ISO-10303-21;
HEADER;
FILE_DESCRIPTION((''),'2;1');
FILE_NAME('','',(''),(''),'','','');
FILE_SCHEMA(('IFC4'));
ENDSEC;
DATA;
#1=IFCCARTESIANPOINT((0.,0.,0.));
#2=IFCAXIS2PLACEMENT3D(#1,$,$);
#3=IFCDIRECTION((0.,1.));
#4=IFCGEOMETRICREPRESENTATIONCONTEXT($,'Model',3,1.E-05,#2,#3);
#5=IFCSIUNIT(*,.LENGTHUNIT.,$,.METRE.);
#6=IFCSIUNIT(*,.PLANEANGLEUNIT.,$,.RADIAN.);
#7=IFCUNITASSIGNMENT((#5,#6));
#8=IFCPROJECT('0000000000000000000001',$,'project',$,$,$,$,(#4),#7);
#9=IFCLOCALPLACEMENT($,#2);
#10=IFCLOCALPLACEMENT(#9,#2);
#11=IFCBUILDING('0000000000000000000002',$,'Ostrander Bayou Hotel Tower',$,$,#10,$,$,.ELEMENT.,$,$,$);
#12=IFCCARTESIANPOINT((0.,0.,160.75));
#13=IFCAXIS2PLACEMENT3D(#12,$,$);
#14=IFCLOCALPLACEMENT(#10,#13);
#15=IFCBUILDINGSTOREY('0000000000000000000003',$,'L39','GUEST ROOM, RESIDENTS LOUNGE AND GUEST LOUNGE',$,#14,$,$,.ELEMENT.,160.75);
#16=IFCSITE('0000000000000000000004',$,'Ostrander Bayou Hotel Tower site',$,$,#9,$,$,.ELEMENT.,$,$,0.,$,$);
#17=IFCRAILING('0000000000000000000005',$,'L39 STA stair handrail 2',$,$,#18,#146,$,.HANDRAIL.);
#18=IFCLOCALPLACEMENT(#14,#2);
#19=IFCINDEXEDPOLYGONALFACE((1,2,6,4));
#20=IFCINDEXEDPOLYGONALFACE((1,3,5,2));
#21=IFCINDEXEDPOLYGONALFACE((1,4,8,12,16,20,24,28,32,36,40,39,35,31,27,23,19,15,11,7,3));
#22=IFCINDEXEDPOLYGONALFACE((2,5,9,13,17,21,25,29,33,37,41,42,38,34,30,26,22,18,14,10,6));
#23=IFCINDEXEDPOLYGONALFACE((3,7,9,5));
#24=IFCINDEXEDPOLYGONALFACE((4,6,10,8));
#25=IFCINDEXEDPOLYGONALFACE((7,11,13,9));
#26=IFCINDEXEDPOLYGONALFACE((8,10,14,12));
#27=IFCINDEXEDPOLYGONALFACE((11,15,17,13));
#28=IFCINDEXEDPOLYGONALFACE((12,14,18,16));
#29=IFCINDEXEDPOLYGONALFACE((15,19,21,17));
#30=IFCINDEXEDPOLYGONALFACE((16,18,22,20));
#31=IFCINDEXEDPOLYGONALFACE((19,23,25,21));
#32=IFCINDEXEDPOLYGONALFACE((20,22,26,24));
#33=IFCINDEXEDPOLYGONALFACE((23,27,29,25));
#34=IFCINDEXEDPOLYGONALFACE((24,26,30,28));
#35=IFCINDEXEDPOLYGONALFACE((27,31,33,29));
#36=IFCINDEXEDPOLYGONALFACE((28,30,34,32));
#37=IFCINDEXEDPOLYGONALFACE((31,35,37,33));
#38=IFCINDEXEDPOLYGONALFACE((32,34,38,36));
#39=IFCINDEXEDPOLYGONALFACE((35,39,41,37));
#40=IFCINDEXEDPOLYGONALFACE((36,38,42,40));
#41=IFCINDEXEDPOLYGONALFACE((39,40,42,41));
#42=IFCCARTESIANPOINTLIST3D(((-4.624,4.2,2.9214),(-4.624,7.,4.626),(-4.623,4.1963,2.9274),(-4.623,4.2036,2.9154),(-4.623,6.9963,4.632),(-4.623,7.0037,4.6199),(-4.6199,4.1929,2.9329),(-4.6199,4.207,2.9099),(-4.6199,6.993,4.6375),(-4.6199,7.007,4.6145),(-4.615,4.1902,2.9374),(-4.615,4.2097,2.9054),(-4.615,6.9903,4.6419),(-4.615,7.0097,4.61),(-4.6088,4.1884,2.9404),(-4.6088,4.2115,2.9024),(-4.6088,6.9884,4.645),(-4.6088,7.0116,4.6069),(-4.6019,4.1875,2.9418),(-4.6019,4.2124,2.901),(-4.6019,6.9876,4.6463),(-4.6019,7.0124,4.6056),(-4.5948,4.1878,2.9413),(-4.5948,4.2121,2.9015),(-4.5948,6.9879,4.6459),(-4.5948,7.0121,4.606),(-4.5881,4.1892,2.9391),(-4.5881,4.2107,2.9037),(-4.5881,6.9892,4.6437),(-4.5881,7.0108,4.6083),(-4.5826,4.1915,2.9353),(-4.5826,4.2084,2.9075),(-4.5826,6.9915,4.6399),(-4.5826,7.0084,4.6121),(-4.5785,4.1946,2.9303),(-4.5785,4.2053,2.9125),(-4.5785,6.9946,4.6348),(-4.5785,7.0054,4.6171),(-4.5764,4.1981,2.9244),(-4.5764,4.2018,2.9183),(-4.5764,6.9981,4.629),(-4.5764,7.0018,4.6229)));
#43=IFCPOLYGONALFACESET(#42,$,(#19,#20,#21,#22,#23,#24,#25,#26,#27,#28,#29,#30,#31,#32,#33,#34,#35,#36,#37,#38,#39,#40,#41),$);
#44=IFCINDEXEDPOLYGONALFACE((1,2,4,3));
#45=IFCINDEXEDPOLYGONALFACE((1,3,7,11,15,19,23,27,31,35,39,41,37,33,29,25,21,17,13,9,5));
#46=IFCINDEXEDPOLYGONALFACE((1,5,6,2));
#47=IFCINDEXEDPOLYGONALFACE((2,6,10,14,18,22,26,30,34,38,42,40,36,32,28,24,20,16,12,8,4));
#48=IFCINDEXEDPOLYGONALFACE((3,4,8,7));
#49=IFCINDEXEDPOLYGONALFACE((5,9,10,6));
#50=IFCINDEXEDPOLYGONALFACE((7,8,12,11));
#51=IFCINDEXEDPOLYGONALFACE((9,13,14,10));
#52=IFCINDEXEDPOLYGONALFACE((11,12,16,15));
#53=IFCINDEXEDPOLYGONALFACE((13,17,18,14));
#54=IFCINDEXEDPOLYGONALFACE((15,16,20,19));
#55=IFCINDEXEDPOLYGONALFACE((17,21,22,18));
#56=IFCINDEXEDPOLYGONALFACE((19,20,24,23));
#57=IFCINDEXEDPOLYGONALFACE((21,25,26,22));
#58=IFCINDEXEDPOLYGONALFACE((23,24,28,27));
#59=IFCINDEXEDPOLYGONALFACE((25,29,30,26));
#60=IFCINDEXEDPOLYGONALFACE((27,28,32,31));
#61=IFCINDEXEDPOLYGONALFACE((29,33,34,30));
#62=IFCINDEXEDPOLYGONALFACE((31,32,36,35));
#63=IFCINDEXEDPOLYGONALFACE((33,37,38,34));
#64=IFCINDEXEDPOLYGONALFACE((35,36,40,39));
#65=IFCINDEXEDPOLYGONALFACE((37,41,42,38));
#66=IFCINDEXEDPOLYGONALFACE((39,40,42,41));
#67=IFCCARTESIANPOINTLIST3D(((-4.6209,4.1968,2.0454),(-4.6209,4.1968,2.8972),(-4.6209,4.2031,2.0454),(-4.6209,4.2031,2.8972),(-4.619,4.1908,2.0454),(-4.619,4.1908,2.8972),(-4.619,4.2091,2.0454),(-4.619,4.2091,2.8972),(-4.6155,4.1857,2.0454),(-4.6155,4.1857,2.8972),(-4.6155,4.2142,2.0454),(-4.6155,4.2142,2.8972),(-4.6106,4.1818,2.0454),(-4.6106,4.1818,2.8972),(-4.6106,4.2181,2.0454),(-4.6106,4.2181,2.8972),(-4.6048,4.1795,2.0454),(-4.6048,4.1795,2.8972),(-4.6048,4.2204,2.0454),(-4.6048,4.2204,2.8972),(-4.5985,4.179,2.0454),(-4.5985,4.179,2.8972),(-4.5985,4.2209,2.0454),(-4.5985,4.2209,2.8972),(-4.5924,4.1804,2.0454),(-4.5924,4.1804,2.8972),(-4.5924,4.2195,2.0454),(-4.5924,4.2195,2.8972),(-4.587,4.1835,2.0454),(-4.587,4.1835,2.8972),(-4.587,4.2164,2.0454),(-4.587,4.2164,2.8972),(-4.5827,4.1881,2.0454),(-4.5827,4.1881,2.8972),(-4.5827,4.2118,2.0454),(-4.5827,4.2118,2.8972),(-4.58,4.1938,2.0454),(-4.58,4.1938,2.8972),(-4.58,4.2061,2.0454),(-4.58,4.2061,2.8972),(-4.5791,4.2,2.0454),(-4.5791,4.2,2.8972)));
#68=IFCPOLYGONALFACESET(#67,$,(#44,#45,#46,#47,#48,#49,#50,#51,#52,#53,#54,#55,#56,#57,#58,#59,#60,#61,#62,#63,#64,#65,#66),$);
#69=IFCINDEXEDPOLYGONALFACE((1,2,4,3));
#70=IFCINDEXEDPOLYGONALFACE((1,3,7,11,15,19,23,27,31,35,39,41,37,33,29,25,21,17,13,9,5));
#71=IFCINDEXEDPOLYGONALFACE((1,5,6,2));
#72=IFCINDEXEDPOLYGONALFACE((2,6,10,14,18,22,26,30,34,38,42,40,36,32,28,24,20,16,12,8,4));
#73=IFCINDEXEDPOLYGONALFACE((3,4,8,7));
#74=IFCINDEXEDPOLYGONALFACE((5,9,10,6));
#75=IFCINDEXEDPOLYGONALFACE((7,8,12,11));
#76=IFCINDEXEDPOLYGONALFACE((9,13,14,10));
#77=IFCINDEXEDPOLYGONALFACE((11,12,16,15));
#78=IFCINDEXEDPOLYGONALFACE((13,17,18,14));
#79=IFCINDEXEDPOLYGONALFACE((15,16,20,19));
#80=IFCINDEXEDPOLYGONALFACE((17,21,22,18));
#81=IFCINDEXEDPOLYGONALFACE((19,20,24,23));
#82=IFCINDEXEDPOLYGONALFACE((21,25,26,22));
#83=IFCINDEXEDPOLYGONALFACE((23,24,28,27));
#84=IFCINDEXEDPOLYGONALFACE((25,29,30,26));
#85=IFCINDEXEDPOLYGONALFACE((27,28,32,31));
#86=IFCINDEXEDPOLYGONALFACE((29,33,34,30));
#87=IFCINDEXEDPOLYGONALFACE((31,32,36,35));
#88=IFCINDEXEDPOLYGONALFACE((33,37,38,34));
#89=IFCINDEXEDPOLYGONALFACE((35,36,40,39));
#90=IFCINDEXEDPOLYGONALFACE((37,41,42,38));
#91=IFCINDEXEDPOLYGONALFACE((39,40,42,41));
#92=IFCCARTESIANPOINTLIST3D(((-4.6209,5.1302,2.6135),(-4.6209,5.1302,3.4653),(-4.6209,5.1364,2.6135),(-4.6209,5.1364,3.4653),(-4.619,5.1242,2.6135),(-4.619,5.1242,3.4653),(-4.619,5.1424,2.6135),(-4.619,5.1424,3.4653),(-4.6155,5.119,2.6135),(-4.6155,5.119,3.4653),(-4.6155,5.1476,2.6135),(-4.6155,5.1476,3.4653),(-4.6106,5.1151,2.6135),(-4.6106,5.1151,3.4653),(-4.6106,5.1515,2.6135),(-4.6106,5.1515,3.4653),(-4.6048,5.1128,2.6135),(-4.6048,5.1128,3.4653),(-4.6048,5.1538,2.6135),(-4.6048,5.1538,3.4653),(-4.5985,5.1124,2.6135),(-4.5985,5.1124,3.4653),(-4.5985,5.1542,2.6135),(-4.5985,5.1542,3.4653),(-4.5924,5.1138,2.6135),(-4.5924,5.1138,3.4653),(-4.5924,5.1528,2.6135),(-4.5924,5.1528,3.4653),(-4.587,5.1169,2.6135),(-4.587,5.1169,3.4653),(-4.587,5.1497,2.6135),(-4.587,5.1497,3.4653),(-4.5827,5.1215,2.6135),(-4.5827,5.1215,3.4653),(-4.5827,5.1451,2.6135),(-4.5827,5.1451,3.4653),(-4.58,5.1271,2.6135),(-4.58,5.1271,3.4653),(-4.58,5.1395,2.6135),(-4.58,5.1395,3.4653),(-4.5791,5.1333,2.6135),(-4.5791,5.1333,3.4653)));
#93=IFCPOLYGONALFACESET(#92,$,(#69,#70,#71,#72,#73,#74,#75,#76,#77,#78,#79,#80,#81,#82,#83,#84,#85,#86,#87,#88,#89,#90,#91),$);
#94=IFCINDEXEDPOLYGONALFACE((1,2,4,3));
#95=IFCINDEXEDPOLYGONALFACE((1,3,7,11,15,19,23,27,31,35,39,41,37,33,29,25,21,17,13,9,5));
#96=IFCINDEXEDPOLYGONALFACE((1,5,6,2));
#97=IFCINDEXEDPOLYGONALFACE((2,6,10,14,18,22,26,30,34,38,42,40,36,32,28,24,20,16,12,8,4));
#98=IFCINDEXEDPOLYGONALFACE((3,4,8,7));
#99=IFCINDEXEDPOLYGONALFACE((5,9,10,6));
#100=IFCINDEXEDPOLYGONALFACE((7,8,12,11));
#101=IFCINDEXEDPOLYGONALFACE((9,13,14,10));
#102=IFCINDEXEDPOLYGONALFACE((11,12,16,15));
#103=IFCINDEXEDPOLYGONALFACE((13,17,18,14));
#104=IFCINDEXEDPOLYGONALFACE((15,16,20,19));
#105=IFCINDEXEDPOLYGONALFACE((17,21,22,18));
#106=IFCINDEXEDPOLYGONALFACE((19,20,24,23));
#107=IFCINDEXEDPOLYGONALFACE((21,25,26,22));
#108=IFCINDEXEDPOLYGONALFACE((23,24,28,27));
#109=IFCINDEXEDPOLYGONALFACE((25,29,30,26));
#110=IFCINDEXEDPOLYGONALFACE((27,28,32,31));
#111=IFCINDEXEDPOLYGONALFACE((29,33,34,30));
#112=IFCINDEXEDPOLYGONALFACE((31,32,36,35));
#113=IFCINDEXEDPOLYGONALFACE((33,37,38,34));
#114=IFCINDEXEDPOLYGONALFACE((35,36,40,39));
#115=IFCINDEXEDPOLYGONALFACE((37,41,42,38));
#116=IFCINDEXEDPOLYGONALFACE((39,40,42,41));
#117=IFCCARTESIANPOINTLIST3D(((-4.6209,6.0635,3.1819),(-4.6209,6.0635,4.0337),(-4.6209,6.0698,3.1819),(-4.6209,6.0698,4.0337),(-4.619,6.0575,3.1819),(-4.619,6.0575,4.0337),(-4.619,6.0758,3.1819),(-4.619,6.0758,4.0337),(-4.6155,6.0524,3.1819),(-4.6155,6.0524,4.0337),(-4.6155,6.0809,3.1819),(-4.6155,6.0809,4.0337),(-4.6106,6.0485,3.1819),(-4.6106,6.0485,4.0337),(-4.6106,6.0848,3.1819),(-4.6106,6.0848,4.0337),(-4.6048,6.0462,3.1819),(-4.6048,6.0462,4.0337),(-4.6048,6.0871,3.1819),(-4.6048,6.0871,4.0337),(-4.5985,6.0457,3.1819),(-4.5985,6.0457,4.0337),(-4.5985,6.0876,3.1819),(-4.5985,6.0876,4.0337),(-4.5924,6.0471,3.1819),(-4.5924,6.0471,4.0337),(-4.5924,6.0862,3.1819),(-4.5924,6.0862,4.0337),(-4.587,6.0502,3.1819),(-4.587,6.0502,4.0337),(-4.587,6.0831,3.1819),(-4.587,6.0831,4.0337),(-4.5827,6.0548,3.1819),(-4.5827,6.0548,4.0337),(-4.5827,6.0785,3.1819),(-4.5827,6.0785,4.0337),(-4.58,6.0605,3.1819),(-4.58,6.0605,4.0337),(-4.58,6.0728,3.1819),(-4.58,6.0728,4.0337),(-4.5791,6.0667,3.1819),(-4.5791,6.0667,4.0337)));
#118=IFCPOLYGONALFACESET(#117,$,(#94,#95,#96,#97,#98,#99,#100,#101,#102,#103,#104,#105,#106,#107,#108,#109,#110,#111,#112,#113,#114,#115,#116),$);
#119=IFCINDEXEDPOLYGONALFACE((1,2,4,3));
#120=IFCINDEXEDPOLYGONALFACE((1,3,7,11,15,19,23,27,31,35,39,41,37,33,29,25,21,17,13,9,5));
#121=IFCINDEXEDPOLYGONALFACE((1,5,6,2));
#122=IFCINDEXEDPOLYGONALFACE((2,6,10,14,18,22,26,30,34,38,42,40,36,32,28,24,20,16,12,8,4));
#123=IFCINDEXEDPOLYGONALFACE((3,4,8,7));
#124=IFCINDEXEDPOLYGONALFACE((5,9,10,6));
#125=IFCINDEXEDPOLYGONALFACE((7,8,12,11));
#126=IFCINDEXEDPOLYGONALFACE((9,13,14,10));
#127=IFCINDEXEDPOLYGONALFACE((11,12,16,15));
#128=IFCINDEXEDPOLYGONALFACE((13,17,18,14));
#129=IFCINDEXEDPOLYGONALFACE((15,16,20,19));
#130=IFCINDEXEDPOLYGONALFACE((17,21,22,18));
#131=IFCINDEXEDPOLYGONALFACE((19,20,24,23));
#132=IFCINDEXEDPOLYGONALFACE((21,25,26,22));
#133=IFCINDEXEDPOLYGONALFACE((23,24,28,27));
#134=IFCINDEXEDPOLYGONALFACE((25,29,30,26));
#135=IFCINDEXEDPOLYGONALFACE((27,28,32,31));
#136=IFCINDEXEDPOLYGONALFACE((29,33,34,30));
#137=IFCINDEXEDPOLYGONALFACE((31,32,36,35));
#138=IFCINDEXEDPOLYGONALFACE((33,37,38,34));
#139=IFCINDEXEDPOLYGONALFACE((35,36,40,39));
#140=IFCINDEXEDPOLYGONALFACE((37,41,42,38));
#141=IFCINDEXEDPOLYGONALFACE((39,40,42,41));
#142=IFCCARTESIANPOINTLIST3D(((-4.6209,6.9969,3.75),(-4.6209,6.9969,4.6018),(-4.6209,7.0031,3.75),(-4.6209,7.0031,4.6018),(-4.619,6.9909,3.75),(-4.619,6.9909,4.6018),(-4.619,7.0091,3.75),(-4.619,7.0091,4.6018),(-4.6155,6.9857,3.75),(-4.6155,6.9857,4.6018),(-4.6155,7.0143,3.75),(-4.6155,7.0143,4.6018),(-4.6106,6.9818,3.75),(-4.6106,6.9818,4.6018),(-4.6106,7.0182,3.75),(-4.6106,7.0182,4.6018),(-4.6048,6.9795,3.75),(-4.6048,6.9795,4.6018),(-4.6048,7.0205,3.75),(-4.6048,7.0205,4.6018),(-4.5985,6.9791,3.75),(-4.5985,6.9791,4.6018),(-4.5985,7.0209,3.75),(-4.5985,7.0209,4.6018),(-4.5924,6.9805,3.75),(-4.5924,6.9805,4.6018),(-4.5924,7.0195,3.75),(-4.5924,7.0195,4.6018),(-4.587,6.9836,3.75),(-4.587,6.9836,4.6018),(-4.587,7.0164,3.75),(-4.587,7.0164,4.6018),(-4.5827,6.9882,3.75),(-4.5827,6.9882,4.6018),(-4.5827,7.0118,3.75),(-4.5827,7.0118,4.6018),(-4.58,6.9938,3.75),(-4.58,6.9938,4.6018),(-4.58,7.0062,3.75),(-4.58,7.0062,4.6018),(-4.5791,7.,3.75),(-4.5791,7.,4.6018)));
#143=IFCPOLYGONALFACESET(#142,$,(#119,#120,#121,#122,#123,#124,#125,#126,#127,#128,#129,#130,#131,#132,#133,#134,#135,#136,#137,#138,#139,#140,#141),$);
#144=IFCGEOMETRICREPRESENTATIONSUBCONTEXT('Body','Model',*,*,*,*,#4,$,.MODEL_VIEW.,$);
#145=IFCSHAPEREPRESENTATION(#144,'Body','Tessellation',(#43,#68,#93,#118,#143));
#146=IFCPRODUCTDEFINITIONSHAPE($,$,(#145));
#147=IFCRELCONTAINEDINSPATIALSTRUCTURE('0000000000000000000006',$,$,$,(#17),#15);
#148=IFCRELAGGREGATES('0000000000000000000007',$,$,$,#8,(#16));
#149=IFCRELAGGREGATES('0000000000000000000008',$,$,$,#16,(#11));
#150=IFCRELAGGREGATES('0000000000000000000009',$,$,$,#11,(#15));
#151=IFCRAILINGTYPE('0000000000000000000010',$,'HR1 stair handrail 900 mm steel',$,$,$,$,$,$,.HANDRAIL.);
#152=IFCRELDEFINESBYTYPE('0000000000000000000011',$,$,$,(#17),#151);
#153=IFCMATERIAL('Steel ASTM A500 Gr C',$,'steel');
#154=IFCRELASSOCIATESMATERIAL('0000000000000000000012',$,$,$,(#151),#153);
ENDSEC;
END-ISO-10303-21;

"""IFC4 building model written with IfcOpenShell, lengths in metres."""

from ifc_helpers import new_model, si_unit, direction, frame, origin, origin_2d, place, context, subcontext, project, spatial, circle, extrude, material, type_object, element, save


model = new_model("IFC4")

# Units and contexts
model_context = context("Model", 3, precision=1e-05, world=origin(), true_north=direction((0.0, 1.0)))
body_context = subcontext(model_context, "Body", "Model", "MODEL_VIEW")
ifc_project = project(units=[si_unit("LENGTHUNIT", "METRE"), si_unit("PLANEANGLEUNIT", "RADIAN")], contexts=[model_context])

# Site, building, storey
site_placement = place(None, origin())
site = spatial("IfcSite", under=ifc_project, at=site_placement, Name="Ostrander Bayou Hotel Tower site", CompositionType="ELEMENT", RefElevation=0.0)
building_placement = place(site_placement, origin())
building = spatial("IfcBuilding", under=site, at=building_placement, Name="Ostrander Bayou Hotel Tower", CompositionType="ELEMENT")
storey_placement = place(building_placement, frame((0.0, 0.0, 160.75)))
storey = spatial("IfcBuildingStorey", under=building, at=storey_placement, Name="L39", Description="GUEST ROOM, RESIDENTS LOUNGE AND GUEST LOUNGE", CompositionType="ELEMENT", Elevation=160.75)

# Railing
ifc_material_1 = material(Name="Steel ASTM A500 Gr C", Category="steel")
railing_type_1 = type_object("IfcRailingType", Name="HR1 stair handrail 900 mm steel", PredefinedType="HANDRAIL", material=ifc_material_1)
railing_1_placement = place(storey_placement, frame((-4.6001, 4.2, 2.0454)))
element("IfcRailing", 1, at=railing_1_placement, inside=storey, type_object=railing_type_1, Name="L39 STA stair handrail 2", PredefinedType="HANDRAIL", context=body_context, shape_type="SweptSolid", body=[
    extrude(circle(Radius=0.0239, at=origin_2d()), frame((0.0, 0.0, 0.876), z_axis=(0.0, 0.85417, 0.519994), x_axis=(-1.0, 0.0, 0.0)), (0.0, 0.0, 1.0), 3.2781),
    extrude(circle(Radius=0.021, at=origin_2d()), origin(), (0.0, 0.0, 1.0), 0.8518),
    extrude(circle(Radius=0.021, at=origin_2d()), frame((0.0, 0.9333, 0.5681)), (0.0, 0.0, 1.0), 0.8518),
    extrude(circle(Radius=0.021, at=origin_2d()), frame((0.0, 1.8667, 1.1365)), (0.0, 0.0, 1.0), 0.8518),
    extrude(circle(Radius=0.021, at=origin_2d()), frame((0.0, 2.8, 1.7046)), (0.0, 0.0, 1.0), 0.8518),
])

save(model, "model.ifc")
